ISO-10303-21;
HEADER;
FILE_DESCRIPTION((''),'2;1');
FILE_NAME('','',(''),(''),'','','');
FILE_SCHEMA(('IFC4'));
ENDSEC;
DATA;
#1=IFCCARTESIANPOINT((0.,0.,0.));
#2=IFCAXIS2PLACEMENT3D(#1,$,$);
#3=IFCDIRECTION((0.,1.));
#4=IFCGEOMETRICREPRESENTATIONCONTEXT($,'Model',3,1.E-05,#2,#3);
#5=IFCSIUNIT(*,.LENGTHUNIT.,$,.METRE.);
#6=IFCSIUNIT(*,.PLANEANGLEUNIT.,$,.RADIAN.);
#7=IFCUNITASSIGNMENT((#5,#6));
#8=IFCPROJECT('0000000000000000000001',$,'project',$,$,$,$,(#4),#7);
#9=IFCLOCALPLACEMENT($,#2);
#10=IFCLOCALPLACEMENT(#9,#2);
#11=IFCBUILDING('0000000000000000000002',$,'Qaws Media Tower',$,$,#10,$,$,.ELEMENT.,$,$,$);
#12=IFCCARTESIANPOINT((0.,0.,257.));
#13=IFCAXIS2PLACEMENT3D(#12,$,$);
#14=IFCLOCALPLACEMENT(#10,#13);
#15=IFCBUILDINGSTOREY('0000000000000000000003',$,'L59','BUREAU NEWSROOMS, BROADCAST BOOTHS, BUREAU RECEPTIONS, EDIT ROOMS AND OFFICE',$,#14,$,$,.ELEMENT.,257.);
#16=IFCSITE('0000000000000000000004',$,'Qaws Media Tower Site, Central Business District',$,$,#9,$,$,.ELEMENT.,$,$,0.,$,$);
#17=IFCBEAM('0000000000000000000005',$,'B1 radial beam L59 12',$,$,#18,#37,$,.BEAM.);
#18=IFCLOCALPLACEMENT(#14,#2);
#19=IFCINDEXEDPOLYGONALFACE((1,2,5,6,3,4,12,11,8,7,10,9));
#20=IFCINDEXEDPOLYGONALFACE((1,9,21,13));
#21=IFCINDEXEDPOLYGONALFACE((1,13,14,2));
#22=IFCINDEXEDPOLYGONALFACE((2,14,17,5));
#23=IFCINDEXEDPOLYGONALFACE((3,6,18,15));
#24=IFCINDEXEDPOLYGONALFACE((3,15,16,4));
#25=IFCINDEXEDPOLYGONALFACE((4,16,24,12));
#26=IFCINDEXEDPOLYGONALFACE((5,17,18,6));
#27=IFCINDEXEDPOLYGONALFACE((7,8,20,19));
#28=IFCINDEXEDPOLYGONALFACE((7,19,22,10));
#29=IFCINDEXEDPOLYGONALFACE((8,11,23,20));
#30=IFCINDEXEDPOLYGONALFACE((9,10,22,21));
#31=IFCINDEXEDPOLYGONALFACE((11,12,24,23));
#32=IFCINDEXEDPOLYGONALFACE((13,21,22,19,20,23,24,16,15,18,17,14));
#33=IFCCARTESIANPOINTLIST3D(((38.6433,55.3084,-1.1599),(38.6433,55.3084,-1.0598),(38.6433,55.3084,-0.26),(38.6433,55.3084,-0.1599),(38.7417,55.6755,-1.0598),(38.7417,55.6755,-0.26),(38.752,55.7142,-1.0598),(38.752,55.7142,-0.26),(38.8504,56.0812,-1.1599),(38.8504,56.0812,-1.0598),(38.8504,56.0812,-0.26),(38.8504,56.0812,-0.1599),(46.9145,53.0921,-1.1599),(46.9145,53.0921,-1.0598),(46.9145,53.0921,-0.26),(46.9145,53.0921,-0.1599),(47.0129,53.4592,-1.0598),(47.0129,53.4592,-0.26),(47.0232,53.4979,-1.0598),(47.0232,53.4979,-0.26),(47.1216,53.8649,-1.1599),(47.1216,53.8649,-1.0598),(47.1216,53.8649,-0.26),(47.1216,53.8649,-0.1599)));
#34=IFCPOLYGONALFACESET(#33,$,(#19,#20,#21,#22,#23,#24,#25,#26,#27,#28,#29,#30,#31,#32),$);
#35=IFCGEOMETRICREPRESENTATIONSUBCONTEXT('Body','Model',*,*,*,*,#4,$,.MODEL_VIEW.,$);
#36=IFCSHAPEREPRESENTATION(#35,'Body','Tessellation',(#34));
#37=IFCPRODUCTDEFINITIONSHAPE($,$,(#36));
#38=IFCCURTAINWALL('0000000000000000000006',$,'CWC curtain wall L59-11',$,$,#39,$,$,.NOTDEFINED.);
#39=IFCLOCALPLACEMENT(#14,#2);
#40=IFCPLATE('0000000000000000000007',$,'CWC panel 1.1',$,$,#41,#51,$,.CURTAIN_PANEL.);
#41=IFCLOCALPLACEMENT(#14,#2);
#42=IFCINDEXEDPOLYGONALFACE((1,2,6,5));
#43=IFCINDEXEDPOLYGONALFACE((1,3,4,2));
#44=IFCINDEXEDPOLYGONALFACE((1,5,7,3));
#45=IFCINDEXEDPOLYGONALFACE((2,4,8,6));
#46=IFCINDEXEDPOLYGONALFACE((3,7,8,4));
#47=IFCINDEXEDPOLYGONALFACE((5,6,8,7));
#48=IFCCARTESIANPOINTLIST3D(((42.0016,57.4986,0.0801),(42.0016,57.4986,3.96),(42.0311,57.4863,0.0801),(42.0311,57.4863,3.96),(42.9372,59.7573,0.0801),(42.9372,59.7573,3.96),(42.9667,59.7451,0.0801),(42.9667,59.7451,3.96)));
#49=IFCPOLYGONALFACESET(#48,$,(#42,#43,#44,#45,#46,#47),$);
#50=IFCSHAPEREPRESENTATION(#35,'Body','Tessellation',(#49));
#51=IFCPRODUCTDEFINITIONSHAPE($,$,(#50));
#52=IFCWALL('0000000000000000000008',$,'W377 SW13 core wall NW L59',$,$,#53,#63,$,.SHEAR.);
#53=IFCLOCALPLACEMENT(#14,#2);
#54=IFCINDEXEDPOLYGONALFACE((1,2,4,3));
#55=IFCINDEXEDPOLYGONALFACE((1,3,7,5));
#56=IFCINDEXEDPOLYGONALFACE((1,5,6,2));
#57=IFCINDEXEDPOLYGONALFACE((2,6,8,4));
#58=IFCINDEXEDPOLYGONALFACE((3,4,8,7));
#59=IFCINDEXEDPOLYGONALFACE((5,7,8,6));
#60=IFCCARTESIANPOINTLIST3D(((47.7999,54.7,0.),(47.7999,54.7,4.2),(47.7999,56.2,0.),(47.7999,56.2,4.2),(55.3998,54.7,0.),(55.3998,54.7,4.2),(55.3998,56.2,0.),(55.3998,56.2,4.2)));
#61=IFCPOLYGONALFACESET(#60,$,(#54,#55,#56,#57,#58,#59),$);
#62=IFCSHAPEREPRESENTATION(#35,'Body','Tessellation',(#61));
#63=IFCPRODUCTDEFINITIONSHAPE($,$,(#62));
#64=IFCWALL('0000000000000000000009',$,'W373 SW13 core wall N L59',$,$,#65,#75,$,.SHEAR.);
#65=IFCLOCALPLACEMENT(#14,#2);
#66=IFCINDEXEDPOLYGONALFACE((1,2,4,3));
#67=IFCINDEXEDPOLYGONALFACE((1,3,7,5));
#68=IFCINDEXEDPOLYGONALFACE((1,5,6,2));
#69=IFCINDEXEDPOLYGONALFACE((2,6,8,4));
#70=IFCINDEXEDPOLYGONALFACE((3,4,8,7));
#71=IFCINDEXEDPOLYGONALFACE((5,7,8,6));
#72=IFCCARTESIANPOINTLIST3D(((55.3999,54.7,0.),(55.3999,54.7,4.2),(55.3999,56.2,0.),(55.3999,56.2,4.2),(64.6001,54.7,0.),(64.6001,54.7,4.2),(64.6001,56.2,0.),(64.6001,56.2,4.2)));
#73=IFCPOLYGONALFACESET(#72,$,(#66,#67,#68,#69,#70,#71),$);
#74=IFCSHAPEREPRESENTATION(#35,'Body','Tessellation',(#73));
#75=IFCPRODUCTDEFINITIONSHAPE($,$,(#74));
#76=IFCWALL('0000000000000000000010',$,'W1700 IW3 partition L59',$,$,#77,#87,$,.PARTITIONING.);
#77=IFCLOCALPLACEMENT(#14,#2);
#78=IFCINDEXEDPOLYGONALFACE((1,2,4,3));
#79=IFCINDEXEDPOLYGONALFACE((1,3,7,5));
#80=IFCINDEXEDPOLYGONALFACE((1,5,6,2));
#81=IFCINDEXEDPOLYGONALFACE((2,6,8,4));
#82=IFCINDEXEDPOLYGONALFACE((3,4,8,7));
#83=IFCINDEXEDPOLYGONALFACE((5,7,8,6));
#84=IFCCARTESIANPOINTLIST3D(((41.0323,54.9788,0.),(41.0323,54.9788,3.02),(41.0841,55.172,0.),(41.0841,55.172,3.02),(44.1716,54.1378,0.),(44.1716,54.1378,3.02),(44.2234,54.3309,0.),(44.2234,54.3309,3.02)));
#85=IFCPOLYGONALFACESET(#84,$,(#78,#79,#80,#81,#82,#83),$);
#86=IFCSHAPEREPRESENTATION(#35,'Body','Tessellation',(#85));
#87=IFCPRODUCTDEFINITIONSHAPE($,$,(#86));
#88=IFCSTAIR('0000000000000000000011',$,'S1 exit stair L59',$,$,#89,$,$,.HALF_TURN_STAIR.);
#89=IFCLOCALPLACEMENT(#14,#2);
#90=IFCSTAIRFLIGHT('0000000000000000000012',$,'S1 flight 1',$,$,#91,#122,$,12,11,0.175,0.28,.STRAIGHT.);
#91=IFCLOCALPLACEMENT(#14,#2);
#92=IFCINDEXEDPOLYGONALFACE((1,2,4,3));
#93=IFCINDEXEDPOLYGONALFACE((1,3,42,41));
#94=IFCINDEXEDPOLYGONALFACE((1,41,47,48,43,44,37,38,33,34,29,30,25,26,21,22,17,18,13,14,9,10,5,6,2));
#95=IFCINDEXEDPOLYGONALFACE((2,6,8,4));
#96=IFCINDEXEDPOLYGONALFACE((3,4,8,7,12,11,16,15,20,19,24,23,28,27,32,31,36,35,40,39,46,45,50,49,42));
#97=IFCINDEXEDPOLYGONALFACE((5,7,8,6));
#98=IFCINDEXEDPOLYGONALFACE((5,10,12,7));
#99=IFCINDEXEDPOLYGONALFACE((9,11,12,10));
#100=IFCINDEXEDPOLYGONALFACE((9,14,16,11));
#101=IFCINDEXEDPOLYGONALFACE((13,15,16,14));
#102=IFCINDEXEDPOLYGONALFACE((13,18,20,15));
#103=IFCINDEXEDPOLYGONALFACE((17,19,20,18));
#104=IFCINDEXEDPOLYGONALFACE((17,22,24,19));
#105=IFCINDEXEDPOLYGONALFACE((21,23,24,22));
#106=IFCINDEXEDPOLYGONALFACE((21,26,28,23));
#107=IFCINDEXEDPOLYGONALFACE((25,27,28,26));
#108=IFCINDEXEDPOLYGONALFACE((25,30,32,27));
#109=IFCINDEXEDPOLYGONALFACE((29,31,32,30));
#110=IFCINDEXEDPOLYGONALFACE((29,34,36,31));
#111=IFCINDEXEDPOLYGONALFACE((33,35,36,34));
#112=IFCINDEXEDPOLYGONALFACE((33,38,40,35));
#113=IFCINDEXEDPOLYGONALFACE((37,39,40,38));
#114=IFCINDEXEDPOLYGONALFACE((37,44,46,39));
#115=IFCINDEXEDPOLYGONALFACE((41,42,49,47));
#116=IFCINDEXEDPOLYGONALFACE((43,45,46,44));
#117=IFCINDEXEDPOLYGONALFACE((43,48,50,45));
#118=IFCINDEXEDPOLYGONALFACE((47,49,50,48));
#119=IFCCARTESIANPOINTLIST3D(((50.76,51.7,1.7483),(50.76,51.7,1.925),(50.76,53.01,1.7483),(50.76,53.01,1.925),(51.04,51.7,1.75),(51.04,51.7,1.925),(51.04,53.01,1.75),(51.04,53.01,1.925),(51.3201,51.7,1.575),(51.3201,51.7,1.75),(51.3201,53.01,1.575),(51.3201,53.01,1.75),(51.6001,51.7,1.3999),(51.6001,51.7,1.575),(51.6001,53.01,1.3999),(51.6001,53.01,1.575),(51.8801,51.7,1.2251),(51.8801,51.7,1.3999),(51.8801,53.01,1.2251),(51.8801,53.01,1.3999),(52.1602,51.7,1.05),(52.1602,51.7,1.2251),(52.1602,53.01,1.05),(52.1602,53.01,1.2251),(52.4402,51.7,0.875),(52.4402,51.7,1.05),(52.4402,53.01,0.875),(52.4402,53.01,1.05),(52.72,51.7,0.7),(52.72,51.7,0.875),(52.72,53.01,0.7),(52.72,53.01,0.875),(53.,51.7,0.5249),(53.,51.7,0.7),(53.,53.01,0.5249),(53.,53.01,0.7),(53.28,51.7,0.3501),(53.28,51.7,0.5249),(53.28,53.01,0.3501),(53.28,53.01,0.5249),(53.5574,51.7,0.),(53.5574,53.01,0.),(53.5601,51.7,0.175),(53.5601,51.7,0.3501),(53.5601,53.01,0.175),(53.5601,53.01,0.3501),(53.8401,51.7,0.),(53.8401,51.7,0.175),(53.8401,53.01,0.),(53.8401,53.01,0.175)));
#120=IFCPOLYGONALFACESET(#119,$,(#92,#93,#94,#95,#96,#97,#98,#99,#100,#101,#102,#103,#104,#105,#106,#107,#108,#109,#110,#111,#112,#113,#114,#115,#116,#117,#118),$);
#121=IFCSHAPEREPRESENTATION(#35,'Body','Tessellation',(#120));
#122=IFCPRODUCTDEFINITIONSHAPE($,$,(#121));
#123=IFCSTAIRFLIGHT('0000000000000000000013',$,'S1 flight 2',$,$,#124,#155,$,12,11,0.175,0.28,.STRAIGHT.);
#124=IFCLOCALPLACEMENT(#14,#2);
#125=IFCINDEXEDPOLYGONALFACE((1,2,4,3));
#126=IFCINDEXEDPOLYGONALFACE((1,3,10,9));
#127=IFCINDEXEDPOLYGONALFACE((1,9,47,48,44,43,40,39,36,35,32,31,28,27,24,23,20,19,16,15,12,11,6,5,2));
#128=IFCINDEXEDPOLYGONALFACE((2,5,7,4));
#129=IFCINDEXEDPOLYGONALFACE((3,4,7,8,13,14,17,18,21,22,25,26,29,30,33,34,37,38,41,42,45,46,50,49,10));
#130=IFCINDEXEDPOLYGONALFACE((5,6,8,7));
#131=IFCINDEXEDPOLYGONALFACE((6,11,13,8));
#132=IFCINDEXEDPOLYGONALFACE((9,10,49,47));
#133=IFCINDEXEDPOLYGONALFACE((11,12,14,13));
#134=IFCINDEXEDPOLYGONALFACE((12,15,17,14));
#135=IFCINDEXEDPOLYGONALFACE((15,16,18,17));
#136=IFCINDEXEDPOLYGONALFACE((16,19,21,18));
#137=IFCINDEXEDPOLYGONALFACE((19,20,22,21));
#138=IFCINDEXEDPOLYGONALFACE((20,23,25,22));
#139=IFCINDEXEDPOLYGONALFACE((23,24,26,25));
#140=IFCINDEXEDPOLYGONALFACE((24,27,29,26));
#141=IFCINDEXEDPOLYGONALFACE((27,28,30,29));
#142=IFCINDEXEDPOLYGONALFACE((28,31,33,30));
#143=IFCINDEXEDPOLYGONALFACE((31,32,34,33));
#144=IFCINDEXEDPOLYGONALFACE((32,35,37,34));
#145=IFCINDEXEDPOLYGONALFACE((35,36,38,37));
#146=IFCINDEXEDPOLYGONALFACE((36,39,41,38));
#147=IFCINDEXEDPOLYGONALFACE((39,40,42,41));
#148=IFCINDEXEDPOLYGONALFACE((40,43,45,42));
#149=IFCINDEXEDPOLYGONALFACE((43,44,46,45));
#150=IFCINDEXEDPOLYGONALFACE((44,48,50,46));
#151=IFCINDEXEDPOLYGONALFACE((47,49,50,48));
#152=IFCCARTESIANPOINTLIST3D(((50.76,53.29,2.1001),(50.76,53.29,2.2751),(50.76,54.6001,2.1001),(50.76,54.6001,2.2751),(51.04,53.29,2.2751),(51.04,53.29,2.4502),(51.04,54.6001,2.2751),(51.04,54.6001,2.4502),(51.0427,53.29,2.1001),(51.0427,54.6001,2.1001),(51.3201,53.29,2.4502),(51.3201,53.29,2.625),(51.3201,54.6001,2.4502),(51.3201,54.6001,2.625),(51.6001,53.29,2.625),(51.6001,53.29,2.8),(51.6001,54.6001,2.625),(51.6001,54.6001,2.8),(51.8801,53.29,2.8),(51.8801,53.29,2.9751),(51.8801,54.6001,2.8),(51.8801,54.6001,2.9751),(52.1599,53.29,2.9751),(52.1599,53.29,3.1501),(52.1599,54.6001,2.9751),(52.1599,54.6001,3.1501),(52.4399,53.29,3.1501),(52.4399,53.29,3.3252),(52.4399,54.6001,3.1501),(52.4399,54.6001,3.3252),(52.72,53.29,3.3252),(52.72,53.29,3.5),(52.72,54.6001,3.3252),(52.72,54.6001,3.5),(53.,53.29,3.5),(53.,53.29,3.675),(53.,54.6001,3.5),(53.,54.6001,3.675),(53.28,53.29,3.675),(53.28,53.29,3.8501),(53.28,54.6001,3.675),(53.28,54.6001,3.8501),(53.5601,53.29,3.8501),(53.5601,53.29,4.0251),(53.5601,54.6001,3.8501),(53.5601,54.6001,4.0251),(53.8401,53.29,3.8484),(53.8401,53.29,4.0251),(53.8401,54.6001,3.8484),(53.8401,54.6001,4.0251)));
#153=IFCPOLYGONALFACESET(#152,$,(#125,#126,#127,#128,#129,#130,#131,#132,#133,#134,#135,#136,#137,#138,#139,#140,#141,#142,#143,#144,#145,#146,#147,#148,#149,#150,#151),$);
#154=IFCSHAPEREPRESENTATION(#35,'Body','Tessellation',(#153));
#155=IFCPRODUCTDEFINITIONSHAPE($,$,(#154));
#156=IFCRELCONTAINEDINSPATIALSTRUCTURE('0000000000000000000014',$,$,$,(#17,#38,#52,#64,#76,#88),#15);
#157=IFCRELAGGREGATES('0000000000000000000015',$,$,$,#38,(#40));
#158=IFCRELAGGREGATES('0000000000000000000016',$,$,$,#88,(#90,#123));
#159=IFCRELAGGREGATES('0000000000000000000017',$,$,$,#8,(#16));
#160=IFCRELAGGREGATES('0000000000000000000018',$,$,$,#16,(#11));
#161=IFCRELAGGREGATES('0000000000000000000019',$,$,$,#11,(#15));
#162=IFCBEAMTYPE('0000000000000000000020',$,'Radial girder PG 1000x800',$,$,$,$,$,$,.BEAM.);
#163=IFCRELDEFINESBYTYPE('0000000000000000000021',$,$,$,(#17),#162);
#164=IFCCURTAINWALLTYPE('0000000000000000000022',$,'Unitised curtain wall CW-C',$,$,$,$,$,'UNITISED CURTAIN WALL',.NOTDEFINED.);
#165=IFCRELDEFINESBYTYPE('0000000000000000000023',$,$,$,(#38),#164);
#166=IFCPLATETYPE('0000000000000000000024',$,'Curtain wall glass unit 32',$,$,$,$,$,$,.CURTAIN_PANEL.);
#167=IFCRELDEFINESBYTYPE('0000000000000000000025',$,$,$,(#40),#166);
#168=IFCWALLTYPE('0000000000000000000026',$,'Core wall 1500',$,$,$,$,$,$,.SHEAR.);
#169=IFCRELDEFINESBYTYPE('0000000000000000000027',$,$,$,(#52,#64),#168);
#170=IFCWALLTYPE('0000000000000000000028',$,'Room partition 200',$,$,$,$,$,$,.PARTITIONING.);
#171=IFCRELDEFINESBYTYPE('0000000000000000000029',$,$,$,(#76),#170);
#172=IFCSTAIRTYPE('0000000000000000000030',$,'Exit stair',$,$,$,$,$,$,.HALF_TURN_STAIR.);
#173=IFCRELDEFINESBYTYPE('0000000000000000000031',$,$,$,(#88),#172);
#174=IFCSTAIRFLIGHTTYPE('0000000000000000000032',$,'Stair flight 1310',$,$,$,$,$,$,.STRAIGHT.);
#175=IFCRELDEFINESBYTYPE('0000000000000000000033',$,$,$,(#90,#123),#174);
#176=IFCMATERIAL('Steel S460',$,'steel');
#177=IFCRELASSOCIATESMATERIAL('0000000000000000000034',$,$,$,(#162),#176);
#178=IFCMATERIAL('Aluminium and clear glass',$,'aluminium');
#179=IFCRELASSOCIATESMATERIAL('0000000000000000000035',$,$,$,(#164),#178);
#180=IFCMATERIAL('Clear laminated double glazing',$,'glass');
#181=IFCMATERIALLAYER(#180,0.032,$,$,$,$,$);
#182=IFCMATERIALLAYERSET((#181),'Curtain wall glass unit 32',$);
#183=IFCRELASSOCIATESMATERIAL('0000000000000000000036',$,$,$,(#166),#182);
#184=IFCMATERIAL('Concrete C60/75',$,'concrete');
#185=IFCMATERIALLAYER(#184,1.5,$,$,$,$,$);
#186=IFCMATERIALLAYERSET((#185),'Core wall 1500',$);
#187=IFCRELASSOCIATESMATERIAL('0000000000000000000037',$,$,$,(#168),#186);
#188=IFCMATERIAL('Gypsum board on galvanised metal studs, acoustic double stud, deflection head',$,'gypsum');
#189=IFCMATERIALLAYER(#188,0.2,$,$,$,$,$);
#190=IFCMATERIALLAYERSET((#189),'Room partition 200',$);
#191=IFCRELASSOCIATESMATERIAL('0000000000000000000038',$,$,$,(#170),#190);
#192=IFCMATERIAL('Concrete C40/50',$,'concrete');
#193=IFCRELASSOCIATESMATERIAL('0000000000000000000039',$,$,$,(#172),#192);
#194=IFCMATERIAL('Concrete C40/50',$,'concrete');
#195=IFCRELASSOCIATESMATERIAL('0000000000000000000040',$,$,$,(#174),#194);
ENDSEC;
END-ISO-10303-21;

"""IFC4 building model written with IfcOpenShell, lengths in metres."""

from ifc_helpers import new_model, si_unit, direction, frame, frame_2d, origin, origin_2d, place, context, subcontext, project, spatial, polyline, rectangle, i_section, outline, extrude, material, layer, layer_set, material_profile, profile_set, type_object, element, aggregate, save


model = new_model("IFC4")

# Units and contexts
model_context = context("Model", 3, precision=1e-05, world=origin(), true_north=direction((0.0, 1.0)))
body_context = subcontext(model_context, "Body", "Model", "MODEL_VIEW")
ifc_project = project(units=[si_unit("LENGTHUNIT", "METRE"), si_unit("PLANEANGLEUNIT", "RADIAN")], contexts=[model_context])

# Site, building, storey
site_placement = place(None, origin())
site = spatial("IfcSite", under=ifc_project, at=site_placement, Name="Qaws Media Tower Site, Central Business District", CompositionType="ELEMENT", RefElevation=0.0)
building_placement = place(site_placement, origin())
building = spatial("IfcBuilding", under=site, at=building_placement, Name="Qaws Media Tower", CompositionType="ELEMENT")
storey_placement = place(building_placement, frame((0.0, 0.0, 257.0)))
storey = spatial("IfcBuildingStorey", under=building, at=storey_placement, Name="L59", Description="BUREAU NEWSROOMS, BROADCAST BOOTHS, BUREAU RECEPTIONS, EDIT ROOMS AND OFFICE", CompositionType="ELEMENT", Elevation=257.0)

# Beam
ifc_material_1 = material(Name="Steel S460", Category="steel")
ifc_material_profile_1 = material_profile(ifc_material_1, i_section(OverallWidth=0.8, OverallDepth=1.0, WebThickness=0.04, FlangeThickness=0.1001, at=origin_2d()), Name="PG 1000x800")
ifc_profile_set_1 = profile_set([ifc_material_profile_1], Name="Steel S460")
beam_type_1 = type_object("IfcBeamType", Name="Radial girder PG 1000x800", PredefinedType="BEAM", material=ifc_profile_set_1)
beam_1_placement = place(storey_placement, frame((47.0181, 53.4785, -0.6599), z_axis=(-0.965925, 0.258823, 0.0), x_axis=(-0.258823, -0.965925, 0.0)))
element("IfcBeam", 1, at=beam_1_placement, inside=storey, type_object=beam_type_1, Name="B1 radial beam L59 12", PredefinedType="BEAM", context=body_context, shape_type="SweptSolid", body=[
    extrude(i_section(OverallWidth=0.8, OverallDepth=1.0, WebThickness=0.04, FlangeThickness=0.1001, at=origin_2d()), origin(), (0.0, 0.0, 1.0), 8.563),
])

# Curtain wall, plate
ifc_material_2 = material(Name="Aluminium and clear glass", Category="aluminium")
curtain_wall_type = type_object("IfcCurtainWallType", Name="Unitised curtain wall CW-C", ElementType="UNITISED CURTAIN WALL", PredefinedType="NOTDEFINED", material=ifc_material_2)
curtain_wall_placement = place(storey_placement, origin())
curtain_wall = element("IfcCurtainWall", 2, at=curtain_wall_placement, inside=storey, type_object=curtain_wall_type, Name="CWC curtain wall L59-11", PredefinedType="NOTDEFINED")
ifc_material_3 = material(Name="Clear laminated double glazing", Category="glass")
ifc_layer_1 = layer(ifc_material_3, 0.032)
ifc_layer_set_1 = layer_set([ifc_layer_1], Name="Curtain wall glass unit 32")
plate_type = type_object("IfcPlateType", Name="Curtain wall glass unit 32", PredefinedType="CURTAIN_PANEL", material=ifc_layer_set_1)
plate_placement = place(storey_placement, frame((42.4841, 58.6218, 0.0801), z_axis=(0.0, 0.0, 1.0), x_axis=(-0.382683, -0.92388, 0.0)))
plate = element("IfcPlate", 3, at=plate_placement, type_object=plate_type, Name="CWC panel 1.1", PredefinedType="CURTAIN_PANEL", context=body_context, shape_type="SweptSolid", body=[
    extrude(rectangle(XDim=2.4448, YDim=0.032, at=origin_2d()), origin(), (0.0, 0.0, 1.0), 3.8799),
])
aggregate(curtain_wall, [plate])

# Walls
ifc_material_4 = material(Name="Concrete C60/75", Category="concrete")
ifc_layer_2 = layer(ifc_material_4, 1.5)
ifc_layer_set_2 = layer_set([ifc_layer_2], Name="Core wall 1500")
wall_type_1 = type_object("IfcWallType", Name="Core wall 1500", PredefinedType="SHEAR", material=ifc_layer_set_2)
wall_1_placement = place(storey_placement, frame((47.8, 55.45, 0.0), z_axis=(0.0, 0.0, 1.0), x_axis=(1.0, 0.0, 0.0)))
element("IfcWall", 4, at=wall_1_placement, inside=storey, type_object=wall_type_1, Name="W377 SW13 core wall NW L59", PredefinedType="SHEAR", context=body_context, shape_type="SweptSolid", body=[
    extrude(rectangle(XDim=7.5999, YDim=1.5, at=frame_2d((3.7998, 0.0))), origin(), (0.0, 0.0, 1.0), 4.2),
])
wall_2_placement = place(storey_placement, frame((55.3999, 55.45, 0.0), z_axis=(0.0, 0.0, 1.0), x_axis=(1.0, 0.0, 0.0)))
element("IfcWall", 5, at=wall_2_placement, inside=storey, type_object=wall_type_1, Name="W373 SW13 core wall N L59", PredefinedType="SHEAR", context=body_context, shape_type="SweptSolid", body=[
    extrude(rectangle(XDim=9.2002, YDim=1.5, at=frame_2d((4.6001, 0.0))), origin(), (0.0, 0.0, 1.0), 4.2),
])

# Shared definitions
ifc_material_5 = material(Name="Gypsum board on galvanised metal studs, acoustic double stud, deflection head", Category="gypsum")
ifc_layer_3 = layer(ifc_material_5, 0.2)
ifc_layer_set_3 = layer_set([ifc_layer_3], Name="Room partition 200")
wall_type_2 = type_object("IfcWallType", Name="Room partition 200", PredefinedType="PARTITIONING", material=ifc_layer_set_3)

# Wall
wall_3_placement = place(storey_placement, frame((44.1975, 54.2344, 0.0), z_axis=(0.0, 0.0, 1.0), x_axis=(-0.965936, 0.25878, 0.0)))
element("IfcWall", 6, at=wall_3_placement, inside=storey, type_object=wall_type_2, Name="W1700 IW3 partition L59", PredefinedType="PARTITIONING", context=body_context, shape_type="SweptSolid", body=[
    extrude(rectangle(XDim=3.25, YDim=0.2, at=frame_2d((1.625, 0.0))), origin(), (0.0, 0.0, 1.0), 3.02),
])

# Stair, stair flights
ifc_material_6 = material(Name="Concrete C40/50", Category="concrete")
stair_type = type_object("IfcStairType", Name="Exit stair", PredefinedType="HALF_TURN_STAIR", material=ifc_material_6)
stair_placement = place(storey_placement, origin())
stair = element("IfcStair", 7, at=stair_placement, inside=storey, type_object=stair_type, Name="S1 exit stair L59", PredefinedType="HALF_TURN_STAIR")
ifc_material_7 = material(Name="Concrete C40/50", Category="concrete")
stair_flight_type = type_object("IfcStairFlightType", Name="Stair flight 1310", PredefinedType="STRAIGHT", material=ifc_material_7)
stair_flight_1_placement = place(storey_placement, frame((53.8401, 52.355, 0.0), z_axis=(0.0, 0.0, 1.0), x_axis=(-1.0, 0.0, 0.0)))
stair_flight_1 = element("IfcStairFlight", 8, at=stair_flight_1_placement, type_object=stair_flight_type, Name="S1 flight 1", NumberOfRisers=12, NumberOfTreads=11, PredefinedType="STRAIGHT", RiserHeight=0.175, TreadLength=0.28, context=body_context, shape_type="SweptSolid", body=[
    extrude(outline(polyline([(0.0, 0.0), (0.0, 0.175), (0.28, 0.175), (0.28, 0.3501), (0.5601, 0.3501), (0.5601, 0.5249), (0.8401, 0.5249), (0.8401, 0.7), (1.1201, 0.7), (1.1201, 0.875), (1.3999, 0.875), (1.3999, 1.05), (1.6799, 1.05), (1.6799, 1.2251), (1.96, 1.2251), (1.96, 1.3999), (2.24, 1.3999), (2.24, 1.575), (2.52, 1.575), (2.52, 1.75), (2.8, 1.75), (2.8, 1.925), (3.0801, 1.925), (3.0801, 2.1001), (3.0801, 1.7483), (0.2827, 0.0), (0.0, 0.0)])), frame((0.0, 0.655, 0.0), z_axis=(0.0, -1.0, 0.0), x_axis=(1.0, 0.0, 0.0)), (0.0, 0.0, 1.0), 1.3101),
])
stair_flight_2_placement = place(storey_placement, frame((50.76, 53.9451, 2.1001), z_axis=(0.0, 0.0, 1.0), x_axis=(1.0, 0.0, 0.0)))
stair_flight_2 = element("IfcStairFlight", 9, at=stair_flight_2_placement, type_object=stair_flight_type, Name="S1 flight 2", NumberOfRisers=12, NumberOfTreads=11, PredefinedType="STRAIGHT", RiserHeight=0.175, TreadLength=0.28, context=body_context, shape_type="SweptSolid", body=[
    extrude(outline(polyline([(0.0, 0.0), (0.0, 0.175), (0.28, 0.175), (0.28, 0.3501), (0.5601, 0.3501), (0.5601, 0.5249), (0.8401, 0.5249), (0.8401, 0.7), (1.1201, 0.7), (1.1201, 0.875), (1.3999, 0.875), (1.3999, 1.05), (1.6799, 1.05), (1.6799, 1.2251), (1.96, 1.2251), (1.96, 1.3999), (2.24, 1.3999), (2.24, 1.575), (2.52, 1.575), (2.52, 1.75), (2.8, 1.75), (2.8, 1.925), (3.0801, 1.925), (3.0801, 2.1001), (3.0801, 1.7483), (0.2827, 0.0), (0.0, 0.0)])), frame((0.0, 0.655, 0.0), z_axis=(0.0, -1.0, 0.0), x_axis=(1.0, 0.0, 0.0)), (0.0, 0.0, 1.0), 1.3101),
])
aggregate(stair, [stair_flight_1, stair_flight_2])

save(model, "model.ifc")
